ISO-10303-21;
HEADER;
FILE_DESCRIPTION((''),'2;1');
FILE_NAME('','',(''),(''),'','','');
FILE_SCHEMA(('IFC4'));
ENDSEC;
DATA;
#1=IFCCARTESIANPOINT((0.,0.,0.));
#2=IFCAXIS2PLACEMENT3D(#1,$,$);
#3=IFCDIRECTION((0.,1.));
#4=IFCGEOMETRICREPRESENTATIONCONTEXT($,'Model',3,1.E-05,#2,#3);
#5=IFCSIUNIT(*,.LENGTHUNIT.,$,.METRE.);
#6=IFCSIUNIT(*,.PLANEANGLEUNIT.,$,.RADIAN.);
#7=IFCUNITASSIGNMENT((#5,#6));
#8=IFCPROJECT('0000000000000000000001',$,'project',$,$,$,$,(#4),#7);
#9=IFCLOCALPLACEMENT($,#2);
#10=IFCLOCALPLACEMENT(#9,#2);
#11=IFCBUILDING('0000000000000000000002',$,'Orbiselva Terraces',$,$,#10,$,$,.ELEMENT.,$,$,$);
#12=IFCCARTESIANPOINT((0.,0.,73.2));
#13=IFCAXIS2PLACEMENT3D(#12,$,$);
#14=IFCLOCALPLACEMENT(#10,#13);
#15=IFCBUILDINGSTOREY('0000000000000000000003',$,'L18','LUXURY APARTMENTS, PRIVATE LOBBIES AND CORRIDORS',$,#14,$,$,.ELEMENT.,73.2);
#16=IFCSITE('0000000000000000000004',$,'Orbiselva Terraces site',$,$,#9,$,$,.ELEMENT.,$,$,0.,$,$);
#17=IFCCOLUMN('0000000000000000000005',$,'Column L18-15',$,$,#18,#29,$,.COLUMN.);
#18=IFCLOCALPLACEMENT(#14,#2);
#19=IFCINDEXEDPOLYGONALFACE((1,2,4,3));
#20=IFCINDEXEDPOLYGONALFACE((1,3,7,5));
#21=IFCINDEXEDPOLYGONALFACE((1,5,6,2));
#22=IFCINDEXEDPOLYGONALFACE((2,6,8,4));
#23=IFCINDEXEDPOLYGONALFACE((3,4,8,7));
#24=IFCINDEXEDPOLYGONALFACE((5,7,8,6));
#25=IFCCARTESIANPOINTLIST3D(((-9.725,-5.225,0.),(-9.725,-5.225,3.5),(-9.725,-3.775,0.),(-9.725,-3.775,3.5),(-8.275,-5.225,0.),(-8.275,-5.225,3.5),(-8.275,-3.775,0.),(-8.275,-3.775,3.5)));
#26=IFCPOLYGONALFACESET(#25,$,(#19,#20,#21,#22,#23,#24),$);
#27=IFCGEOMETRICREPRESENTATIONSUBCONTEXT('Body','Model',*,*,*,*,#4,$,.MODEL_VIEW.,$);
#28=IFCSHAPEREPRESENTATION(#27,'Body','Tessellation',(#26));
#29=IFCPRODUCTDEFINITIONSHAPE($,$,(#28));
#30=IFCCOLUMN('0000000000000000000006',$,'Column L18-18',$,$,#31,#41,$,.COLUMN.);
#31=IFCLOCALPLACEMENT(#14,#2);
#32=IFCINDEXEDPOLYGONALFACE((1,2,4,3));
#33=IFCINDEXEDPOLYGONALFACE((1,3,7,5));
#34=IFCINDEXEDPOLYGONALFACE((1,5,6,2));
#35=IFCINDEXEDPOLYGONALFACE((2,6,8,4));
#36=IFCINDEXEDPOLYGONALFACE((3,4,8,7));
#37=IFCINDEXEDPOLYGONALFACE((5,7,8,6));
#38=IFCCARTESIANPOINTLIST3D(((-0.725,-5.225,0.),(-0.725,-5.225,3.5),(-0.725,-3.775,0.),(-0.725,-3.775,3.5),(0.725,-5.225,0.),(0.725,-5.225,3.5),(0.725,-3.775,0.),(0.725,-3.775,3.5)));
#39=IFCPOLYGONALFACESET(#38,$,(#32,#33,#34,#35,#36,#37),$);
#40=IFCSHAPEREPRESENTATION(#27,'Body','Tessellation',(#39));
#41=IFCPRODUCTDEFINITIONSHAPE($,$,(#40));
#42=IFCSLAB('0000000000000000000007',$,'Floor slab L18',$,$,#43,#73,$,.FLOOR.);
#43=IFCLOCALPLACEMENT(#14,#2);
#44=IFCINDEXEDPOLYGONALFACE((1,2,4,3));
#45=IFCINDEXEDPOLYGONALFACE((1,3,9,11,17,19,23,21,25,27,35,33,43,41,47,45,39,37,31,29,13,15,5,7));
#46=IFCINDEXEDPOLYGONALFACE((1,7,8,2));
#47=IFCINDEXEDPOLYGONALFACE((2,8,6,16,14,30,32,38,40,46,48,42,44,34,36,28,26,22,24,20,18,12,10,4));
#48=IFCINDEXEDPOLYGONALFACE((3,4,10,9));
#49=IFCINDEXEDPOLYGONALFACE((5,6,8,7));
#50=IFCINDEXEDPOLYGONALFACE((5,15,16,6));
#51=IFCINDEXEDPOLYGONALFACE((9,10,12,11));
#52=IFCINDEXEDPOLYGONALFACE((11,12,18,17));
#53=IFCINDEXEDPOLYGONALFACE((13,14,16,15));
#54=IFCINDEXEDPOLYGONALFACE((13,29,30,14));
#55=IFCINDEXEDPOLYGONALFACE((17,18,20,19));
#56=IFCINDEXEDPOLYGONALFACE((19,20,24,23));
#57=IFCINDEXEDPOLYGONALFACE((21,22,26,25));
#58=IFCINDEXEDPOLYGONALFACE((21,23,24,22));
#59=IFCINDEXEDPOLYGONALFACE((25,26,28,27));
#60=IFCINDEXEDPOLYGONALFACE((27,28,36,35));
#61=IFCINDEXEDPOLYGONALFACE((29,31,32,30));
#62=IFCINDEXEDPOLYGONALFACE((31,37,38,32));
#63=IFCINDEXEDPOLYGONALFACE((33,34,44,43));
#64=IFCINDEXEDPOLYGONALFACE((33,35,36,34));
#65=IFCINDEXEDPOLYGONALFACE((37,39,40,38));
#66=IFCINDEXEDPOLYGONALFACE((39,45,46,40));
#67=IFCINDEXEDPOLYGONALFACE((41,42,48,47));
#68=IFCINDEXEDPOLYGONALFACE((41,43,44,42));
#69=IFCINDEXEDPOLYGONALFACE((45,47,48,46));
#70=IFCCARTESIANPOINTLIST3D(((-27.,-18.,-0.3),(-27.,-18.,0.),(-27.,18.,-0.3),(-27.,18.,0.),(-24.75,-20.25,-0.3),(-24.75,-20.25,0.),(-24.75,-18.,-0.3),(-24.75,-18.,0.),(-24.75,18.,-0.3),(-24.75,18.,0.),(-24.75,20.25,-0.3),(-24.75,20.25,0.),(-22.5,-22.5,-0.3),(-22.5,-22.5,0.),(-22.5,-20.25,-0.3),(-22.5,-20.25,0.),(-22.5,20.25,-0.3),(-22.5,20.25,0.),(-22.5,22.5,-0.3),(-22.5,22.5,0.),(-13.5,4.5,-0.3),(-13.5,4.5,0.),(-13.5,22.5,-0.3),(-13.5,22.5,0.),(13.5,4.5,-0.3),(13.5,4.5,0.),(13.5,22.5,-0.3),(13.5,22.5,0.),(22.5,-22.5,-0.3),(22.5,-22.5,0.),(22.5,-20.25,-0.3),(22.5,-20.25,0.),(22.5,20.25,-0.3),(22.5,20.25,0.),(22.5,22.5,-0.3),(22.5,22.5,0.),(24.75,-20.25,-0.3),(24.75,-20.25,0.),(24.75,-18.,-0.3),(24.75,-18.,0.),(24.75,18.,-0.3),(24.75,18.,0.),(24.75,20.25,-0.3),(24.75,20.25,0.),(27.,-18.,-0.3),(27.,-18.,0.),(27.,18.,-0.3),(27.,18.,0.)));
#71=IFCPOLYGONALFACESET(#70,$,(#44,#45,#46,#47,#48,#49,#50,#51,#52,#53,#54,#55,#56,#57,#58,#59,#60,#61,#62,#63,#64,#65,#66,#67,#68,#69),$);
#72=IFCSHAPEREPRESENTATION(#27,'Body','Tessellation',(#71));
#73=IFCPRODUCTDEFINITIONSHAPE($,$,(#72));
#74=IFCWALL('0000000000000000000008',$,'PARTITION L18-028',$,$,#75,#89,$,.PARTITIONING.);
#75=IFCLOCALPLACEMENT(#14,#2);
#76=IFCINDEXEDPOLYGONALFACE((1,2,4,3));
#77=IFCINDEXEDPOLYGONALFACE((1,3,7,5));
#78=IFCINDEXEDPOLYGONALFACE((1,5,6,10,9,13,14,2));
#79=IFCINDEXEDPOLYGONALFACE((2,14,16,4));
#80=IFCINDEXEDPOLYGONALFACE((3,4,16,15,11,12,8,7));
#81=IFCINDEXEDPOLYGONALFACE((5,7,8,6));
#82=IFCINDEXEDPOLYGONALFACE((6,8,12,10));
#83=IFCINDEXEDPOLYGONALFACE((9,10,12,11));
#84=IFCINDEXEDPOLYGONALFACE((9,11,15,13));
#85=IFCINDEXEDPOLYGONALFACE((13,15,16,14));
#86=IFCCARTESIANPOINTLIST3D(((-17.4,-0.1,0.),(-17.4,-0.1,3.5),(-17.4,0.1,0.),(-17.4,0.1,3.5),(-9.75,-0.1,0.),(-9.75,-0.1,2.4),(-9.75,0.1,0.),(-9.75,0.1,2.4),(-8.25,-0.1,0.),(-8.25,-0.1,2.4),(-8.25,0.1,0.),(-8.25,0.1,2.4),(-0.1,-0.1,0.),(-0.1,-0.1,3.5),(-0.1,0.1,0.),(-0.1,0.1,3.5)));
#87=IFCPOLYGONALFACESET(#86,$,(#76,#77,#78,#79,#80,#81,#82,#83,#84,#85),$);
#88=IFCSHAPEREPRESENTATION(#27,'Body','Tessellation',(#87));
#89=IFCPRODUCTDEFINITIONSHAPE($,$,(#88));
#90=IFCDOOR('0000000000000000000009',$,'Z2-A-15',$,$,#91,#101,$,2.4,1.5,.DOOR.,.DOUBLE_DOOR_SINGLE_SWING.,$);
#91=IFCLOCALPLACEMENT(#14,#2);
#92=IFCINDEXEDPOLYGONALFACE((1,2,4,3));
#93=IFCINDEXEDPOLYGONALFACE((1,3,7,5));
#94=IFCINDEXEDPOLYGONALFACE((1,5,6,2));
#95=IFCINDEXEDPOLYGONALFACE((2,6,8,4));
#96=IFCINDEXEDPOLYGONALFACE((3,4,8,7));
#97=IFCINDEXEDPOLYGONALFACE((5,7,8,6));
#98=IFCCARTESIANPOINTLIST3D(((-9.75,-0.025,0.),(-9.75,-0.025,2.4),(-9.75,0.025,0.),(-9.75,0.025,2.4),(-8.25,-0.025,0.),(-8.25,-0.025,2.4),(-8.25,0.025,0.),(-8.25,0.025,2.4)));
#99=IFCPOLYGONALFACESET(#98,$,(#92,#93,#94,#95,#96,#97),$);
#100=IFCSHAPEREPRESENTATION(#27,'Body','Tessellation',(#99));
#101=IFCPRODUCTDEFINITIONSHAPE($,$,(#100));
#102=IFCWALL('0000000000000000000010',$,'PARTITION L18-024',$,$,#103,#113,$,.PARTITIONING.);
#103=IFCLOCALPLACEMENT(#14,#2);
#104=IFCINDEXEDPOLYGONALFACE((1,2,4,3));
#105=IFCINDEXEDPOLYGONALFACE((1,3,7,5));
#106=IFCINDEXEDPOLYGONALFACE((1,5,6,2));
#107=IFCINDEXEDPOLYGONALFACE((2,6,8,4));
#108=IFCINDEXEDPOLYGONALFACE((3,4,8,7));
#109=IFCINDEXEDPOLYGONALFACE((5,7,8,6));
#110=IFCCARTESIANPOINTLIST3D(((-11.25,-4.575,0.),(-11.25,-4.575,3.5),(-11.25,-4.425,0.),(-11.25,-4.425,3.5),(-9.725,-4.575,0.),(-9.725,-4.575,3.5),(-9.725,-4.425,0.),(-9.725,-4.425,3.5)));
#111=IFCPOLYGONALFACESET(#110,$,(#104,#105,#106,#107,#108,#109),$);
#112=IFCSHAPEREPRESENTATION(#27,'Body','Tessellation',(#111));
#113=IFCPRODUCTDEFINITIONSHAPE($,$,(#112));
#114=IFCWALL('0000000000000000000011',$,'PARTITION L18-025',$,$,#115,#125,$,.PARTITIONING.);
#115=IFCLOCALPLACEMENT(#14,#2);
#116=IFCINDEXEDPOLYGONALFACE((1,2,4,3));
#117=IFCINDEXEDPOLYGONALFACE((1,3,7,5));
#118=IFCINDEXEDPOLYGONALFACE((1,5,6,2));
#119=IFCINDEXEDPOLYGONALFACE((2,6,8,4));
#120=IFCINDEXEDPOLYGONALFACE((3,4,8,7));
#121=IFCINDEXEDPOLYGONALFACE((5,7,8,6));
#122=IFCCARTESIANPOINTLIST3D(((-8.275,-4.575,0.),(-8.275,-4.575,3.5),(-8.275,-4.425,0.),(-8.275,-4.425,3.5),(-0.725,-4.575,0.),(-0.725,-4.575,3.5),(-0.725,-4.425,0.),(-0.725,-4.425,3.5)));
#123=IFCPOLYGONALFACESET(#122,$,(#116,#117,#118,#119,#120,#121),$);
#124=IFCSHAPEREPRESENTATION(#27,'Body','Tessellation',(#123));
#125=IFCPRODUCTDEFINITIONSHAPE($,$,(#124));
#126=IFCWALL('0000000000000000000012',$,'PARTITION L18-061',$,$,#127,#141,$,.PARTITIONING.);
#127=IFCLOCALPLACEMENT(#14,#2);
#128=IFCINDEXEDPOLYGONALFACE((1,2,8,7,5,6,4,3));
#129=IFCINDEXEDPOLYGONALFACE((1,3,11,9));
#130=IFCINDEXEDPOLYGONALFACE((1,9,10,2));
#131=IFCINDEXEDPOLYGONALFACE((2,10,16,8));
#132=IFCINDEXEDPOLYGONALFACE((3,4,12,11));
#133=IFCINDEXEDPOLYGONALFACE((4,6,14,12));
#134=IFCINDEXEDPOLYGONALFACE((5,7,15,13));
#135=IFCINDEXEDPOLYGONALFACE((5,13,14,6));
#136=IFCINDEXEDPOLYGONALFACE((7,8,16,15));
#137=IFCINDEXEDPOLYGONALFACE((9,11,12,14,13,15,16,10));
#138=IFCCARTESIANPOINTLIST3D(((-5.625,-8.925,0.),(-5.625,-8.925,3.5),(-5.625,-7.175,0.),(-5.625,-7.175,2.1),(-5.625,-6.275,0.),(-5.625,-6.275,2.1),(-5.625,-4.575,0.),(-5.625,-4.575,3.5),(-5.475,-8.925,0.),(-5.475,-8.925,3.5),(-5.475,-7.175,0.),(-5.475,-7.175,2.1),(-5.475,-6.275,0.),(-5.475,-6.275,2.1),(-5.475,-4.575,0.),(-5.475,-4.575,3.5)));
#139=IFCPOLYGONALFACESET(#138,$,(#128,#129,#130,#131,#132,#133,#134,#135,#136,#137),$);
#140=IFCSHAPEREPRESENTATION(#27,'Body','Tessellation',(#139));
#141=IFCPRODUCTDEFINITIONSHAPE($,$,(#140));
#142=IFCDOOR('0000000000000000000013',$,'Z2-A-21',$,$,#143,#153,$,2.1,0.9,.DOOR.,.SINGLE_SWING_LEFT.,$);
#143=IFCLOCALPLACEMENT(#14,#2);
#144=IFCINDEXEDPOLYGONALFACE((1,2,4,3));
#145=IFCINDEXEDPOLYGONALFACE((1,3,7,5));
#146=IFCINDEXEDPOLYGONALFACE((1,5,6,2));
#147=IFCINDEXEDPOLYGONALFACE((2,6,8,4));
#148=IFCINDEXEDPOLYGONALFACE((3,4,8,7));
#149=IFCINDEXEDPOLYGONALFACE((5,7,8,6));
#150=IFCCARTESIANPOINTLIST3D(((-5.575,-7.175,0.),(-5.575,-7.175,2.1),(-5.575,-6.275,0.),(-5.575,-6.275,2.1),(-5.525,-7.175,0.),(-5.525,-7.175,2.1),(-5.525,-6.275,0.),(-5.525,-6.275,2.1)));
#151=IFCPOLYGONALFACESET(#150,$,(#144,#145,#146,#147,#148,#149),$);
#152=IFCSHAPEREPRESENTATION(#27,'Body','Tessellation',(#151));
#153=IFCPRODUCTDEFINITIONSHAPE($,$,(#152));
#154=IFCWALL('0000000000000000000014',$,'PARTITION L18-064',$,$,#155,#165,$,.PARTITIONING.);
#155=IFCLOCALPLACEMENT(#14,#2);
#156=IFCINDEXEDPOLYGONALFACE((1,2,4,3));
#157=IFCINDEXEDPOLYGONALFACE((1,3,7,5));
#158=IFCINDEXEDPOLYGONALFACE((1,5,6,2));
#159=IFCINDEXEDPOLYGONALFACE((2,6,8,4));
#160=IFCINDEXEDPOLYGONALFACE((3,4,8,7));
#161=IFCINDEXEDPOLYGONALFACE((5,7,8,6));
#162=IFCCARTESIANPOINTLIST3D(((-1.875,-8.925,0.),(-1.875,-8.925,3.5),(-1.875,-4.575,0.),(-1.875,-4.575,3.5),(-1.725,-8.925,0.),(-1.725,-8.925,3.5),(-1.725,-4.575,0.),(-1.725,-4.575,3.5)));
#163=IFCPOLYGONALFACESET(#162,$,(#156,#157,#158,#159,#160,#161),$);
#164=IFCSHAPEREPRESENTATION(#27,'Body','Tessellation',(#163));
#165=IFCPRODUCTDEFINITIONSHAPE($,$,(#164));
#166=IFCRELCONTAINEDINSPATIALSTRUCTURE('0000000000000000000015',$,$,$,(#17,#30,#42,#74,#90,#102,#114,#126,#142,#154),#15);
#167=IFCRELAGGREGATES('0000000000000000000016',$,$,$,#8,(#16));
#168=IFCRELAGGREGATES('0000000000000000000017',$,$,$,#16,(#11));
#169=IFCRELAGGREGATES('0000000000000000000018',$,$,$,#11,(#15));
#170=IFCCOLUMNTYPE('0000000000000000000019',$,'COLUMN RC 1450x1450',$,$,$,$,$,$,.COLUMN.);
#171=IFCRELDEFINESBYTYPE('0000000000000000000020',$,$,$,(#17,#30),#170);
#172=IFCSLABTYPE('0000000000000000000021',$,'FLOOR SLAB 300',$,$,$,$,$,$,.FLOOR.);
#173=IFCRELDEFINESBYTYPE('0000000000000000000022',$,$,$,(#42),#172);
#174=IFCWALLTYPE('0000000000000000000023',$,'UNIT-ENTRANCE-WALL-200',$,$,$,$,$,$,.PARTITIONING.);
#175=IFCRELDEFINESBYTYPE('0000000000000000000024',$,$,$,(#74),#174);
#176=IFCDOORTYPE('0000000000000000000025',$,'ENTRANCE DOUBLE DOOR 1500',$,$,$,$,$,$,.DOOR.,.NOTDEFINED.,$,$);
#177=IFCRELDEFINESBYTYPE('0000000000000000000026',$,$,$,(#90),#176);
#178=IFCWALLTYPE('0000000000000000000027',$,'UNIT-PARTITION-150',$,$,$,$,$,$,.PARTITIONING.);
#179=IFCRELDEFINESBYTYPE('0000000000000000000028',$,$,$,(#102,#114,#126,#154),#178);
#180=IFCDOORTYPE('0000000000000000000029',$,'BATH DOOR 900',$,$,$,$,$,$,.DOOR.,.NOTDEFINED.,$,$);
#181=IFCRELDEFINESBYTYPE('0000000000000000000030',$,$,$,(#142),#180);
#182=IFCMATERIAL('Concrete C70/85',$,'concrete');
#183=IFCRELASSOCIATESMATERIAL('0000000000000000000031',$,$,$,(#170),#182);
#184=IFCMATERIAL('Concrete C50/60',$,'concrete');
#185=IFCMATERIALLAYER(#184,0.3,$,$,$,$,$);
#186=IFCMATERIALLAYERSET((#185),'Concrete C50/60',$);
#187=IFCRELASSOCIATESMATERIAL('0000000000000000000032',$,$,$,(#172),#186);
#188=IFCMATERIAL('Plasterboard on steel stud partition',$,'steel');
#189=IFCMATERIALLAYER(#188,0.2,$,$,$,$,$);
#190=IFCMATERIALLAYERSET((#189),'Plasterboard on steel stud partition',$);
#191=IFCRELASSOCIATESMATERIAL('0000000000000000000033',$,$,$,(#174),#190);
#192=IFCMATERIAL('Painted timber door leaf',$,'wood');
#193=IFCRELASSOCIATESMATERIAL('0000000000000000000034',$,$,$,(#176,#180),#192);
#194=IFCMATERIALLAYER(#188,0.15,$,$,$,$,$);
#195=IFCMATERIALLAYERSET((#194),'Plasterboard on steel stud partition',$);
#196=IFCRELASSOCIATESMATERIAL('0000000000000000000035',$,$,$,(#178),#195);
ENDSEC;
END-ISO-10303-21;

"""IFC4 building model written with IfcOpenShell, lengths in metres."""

from ifc_helpers import new_model, si_unit, direction, frame, frame_2d, origin, origin_2d, place, context, subcontext, project, spatial, polyline, rectangle, outline, extrude, material, layer, layer_set, material_profile, profile_set, type_object, element, fill, save


model = new_model("IFC4")

# Units and contexts
model_context = context("Model", 3, precision=1e-05, world=origin(), true_north=direction((0.0, 1.0)))
body_context = subcontext(model_context, "Body", "Model", "MODEL_VIEW")
ifc_project = project(units=[si_unit("LENGTHUNIT", "METRE"), si_unit("PLANEANGLEUNIT", "RADIAN")], contexts=[model_context])

# Site, building, storey
site_placement = place(None, origin())
site = spatial("IfcSite", under=ifc_project, at=site_placement, Name="Orbiselva Terraces site", CompositionType="ELEMENT", RefElevation=0.0)
building_placement = place(site_placement, origin())
building = spatial("IfcBuilding", under=site, at=building_placement, Name="Orbiselva Terraces", CompositionType="ELEMENT")
storey_placement = place(building_placement, frame((0.0, 0.0, 73.2)))
storey = spatial("IfcBuildingStorey", under=building, at=storey_placement, Name="L18", Description="LUXURY APARTMENTS, PRIVATE LOBBIES AND CORRIDORS", CompositionType="ELEMENT", Elevation=73.2)

# Columns
ifc_material_1 = material(Name="Concrete C70/85", Category="concrete")
ifc_material_profile = material_profile(ifc_material_1, rectangle(XDim=1.45, YDim=1.45, at=origin_2d()), Name="RC 1450x1450")
ifc_profile_set = profile_set([ifc_material_profile], Name="Concrete C70/85")
column_type = type_object("IfcColumnType", Name="COLUMN RC 1450x1450", PredefinedType="COLUMN", material=ifc_profile_set)
for number, where, z_axis, x_axis, name in (
    (1, (-9.0, -4.5, 0.0), (0.0, 0.0, 1.0), (1.0, 0.0, 0.0), "Column L18-15"),
    (2, (0.0, -4.5, 0.0), (0.0, 0.0, 1.0), (1.0, 0.0, 0.0), "Column L18-18"),
):
    element("IfcColumn", number, at=place(storey_placement, frame(where, z_axis=z_axis, x_axis=x_axis)), inside=storey, type_object=column_type, Name=name, PredefinedType="COLUMN", context=body_context, shape_type="SweptSolid", body=[
        extrude(rectangle(XDim=1.45, YDim=1.45, at=origin_2d()), origin(), (0.0, 0.0, 1.0), 3.5),
    ])

# Slab
ifc_material_2 = material(Name="Concrete C50/60", Category="concrete")
ifc_layer_1 = layer(ifc_material_2, 0.3)
ifc_layer_set_1 = layer_set([ifc_layer_1], Name="Concrete C50/60")
slab_type = type_object("IfcSlabType", Name="FLOOR SLAB 300", PredefinedType="FLOOR", material=ifc_layer_set_1)
slab_placement = place(storey_placement, frame((0.0, 0.0, -0.3)))
element("IfcSlab", 3, at=slab_placement, inside=storey, type_object=slab_type, Name="Floor slab L18", PredefinedType="FLOOR", context=body_context, shape_type="SweptSolid", body=[
    extrude(outline(polyline([(22.5, 22.5), (22.5, 20.25), (24.75, 20.25), (24.75, 18.0), (27.0, 18.0), (27.0, -18.0), (24.75, -18.0), (24.75, -20.25), (22.5, -20.25), (22.5, -22.5), (-22.5, -22.5), (-22.5, -20.25), (-24.75, -20.25), (-24.75, -18.0), (-27.0, -18.0), (-27.0, 18.0), (-24.75, 18.0), (-24.75, 20.25), (-22.5, 20.25), (-22.5, 22.5), (-13.5, 22.5), (-13.5, 4.5), (13.5, 4.5), (13.5, 22.5), (22.5, 22.5)])), origin(), (0.0, 0.0, 1.0), 0.3),
])

# Wall, opening, door
ifc_material_3 = material(Name="Plasterboard on steel stud partition", Category="steel")
ifc_layer_2 = layer(ifc_material_3, 0.2)
ifc_layer_set_2 = layer_set([ifc_layer_2], Name="Plasterboard on steel stud partition")
wall_type_1 = type_object("IfcWallType", Name="UNIT-ENTRANCE-WALL-200", PredefinedType="PARTITIONING", material=ifc_layer_set_2)
wall_1_placement = place(storey_placement, frame((-0.1, 0.0, 0.0), z_axis=(0.0, 0.0, 1.0), x_axis=(-1.0, 0.0, 0.0)))
wall_1 = element("IfcWall", 4, at=wall_1_placement, inside=storey, type_object=wall_type_1, Name="PARTITION L18-028", PredefinedType="PARTITIONING", context=body_context, shape_type="SweptSolid", body=[
    extrude(rectangle(XDim=17.3, YDim=0.2, at=frame_2d((8.65, 0.0))), origin(), (0.0, 0.0, 1.0), 3.5),
])
opening_1_placement = place(wall_1_placement, frame((8.15, 0.0, 0.0)))
opening_1 = element("IfcOpeningElement", 5, at=opening_1_placement, cuts=wall_1, PredefinedType="OPENING", context=body_context, shape_type="SweptSolid", body=[
    extrude(rectangle(XDim=1.5, YDim=2.4, at=frame_2d((0.75, 1.2))), frame((0.0, 0.11, 0.0), z_axis=(0.0, -1.0, 0.0), x_axis=(1.0, 0.0, 0.0)), (0.0, 0.0, 1.0), 0.22),
])
ifc_material_4 = material(Name="Painted timber door leaf", Category="wood")
door_type_1 = type_object("IfcDoorType", Name="ENTRANCE DOUBLE DOOR 1500", OperationType="NOTDEFINED", PredefinedType="DOOR", material=ifc_material_4)
door_1_placement = place(opening_1_placement, origin())
door_1 = element("IfcDoor", 6, at=door_1_placement, inside=storey, type_object=door_type_1, Name="Z2-A-15", OperationType="DOUBLE_DOOR_SINGLE_SWING", OverallHeight=2.4, OverallWidth=1.5, PredefinedType="DOOR", context=body_context, shape_type="SweptSolid", body=[
    extrude(rectangle(XDim=1.5, YDim=2.4, at=frame_2d((0.75, 1.2))), frame((0.0, 0.025, 0.0), z_axis=(0.0, -1.0, 0.0), x_axis=(1.0, 0.0, 0.0)), (0.0, 0.0, 1.0), 0.05),
])
fill(opening_1, door_1)

# Walls
ifc_layer_3 = layer(ifc_material_3, 0.15)
ifc_layer_set_3 = layer_set([ifc_layer_3], Name="Plasterboard on steel stud partition")
wall_type_2 = type_object("IfcWallType", Name="UNIT-PARTITION-150", PredefinedType="PARTITIONING", material=ifc_layer_set_3)
wall_2_placement = place(storey_placement, frame((-11.25, -4.5, 0.0), z_axis=(0.0, 0.0, 1.0), x_axis=(1.0, 0.0, 0.0)))
element("IfcWall", 7, at=wall_2_placement, inside=storey, type_object=wall_type_2, Name="PARTITION L18-024", PredefinedType="PARTITIONING", context=body_context, shape_type="SweptSolid", body=[
    extrude(rectangle(XDim=1.525, YDim=0.15, at=frame_2d((0.7625, 0.0))), origin(), (0.0, 0.0, 1.0), 3.5),
])
wall_3_placement = place(storey_placement, frame((-8.275, -4.5, 0.0), z_axis=(0.0, 0.0, 1.0), x_axis=(1.0, 0.0, 0.0)))
element("IfcWall", 8, at=wall_3_placement, inside=storey, type_object=wall_type_2, Name="PARTITION L18-025", PredefinedType="PARTITIONING", context=body_context, shape_type="SweptSolid", body=[
    extrude(rectangle(XDim=7.55, YDim=0.15, at=frame_2d((3.775, 0.0))), origin(), (0.0, 0.0, 1.0), 3.5),
])

# Wall, opening, door
wall_4_placement = place(storey_placement, frame((-5.55, -4.575, 0.0), z_axis=(0.0, 0.0, 1.0), x_axis=(0.0, -1.0, 0.0)))
wall_4 = element("IfcWall", 9, at=wall_4_placement, inside=storey, type_object=wall_type_2, Name="PARTITION L18-061", PredefinedType="PARTITIONING", context=body_context, shape_type="SweptSolid", body=[
    extrude(rectangle(XDim=4.35, YDim=0.15, at=frame_2d((2.175, 0.0))), origin(), (0.0, 0.0, 1.0), 3.5),
])
opening_2_placement = place(wall_4_placement, frame((1.7, 0.0, 0.0)))
opening_2 = element("IfcOpeningElement", 10, at=opening_2_placement, cuts=wall_4, PredefinedType="OPENING", context=body_context, shape_type="SweptSolid", body=[
    extrude(rectangle(XDim=0.9, YDim=2.1, at=frame_2d((0.45, 1.05))), frame((0.0, 0.085, 0.0), z_axis=(0.0, -1.0, 0.0), x_axis=(1.0, 0.0, 0.0)), (0.0, 0.0, 1.0), 0.17),
])
door_type_2 = type_object("IfcDoorType", Name="BATH DOOR 900", OperationType="NOTDEFINED", PredefinedType="DOOR", material=ifc_material_4)
door_2_placement = place(opening_2_placement, origin())
door_2 = element("IfcDoor", 11, at=door_2_placement, inside=storey, type_object=door_type_2, Name="Z2-A-21", OperationType="SINGLE_SWING_LEFT", OverallHeight=2.1, OverallWidth=0.9, PredefinedType="DOOR", context=body_context, shape_type="SweptSolid", body=[
    extrude(rectangle(XDim=0.9, YDim=2.1, at=frame_2d((0.45, 1.05))), frame((0.0, 0.025, 0.0), z_axis=(0.0, -1.0, 0.0), x_axis=(1.0, 0.0, 0.0)), (0.0, 0.0, 1.0), 0.05),
])
fill(opening_2, door_2)

# Wall
wall_5_placement = place(storey_placement, frame((-1.8, -8.925, 0.0), z_axis=(0.0, 0.0, 1.0), x_axis=(0.0, 1.0, 0.0)))
element("IfcWall", 12, at=wall_5_placement, inside=storey, type_object=wall_type_2, Name="PARTITION L18-064", PredefinedType="PARTITIONING", context=body_context, shape_type="SweptSolid", body=[
    extrude(rectangle(XDim=4.35, YDim=0.15, at=frame_2d((2.175, 0.0))), origin(), (0.0, 0.0, 1.0), 3.5),
])

save(model, "model.ifc")
